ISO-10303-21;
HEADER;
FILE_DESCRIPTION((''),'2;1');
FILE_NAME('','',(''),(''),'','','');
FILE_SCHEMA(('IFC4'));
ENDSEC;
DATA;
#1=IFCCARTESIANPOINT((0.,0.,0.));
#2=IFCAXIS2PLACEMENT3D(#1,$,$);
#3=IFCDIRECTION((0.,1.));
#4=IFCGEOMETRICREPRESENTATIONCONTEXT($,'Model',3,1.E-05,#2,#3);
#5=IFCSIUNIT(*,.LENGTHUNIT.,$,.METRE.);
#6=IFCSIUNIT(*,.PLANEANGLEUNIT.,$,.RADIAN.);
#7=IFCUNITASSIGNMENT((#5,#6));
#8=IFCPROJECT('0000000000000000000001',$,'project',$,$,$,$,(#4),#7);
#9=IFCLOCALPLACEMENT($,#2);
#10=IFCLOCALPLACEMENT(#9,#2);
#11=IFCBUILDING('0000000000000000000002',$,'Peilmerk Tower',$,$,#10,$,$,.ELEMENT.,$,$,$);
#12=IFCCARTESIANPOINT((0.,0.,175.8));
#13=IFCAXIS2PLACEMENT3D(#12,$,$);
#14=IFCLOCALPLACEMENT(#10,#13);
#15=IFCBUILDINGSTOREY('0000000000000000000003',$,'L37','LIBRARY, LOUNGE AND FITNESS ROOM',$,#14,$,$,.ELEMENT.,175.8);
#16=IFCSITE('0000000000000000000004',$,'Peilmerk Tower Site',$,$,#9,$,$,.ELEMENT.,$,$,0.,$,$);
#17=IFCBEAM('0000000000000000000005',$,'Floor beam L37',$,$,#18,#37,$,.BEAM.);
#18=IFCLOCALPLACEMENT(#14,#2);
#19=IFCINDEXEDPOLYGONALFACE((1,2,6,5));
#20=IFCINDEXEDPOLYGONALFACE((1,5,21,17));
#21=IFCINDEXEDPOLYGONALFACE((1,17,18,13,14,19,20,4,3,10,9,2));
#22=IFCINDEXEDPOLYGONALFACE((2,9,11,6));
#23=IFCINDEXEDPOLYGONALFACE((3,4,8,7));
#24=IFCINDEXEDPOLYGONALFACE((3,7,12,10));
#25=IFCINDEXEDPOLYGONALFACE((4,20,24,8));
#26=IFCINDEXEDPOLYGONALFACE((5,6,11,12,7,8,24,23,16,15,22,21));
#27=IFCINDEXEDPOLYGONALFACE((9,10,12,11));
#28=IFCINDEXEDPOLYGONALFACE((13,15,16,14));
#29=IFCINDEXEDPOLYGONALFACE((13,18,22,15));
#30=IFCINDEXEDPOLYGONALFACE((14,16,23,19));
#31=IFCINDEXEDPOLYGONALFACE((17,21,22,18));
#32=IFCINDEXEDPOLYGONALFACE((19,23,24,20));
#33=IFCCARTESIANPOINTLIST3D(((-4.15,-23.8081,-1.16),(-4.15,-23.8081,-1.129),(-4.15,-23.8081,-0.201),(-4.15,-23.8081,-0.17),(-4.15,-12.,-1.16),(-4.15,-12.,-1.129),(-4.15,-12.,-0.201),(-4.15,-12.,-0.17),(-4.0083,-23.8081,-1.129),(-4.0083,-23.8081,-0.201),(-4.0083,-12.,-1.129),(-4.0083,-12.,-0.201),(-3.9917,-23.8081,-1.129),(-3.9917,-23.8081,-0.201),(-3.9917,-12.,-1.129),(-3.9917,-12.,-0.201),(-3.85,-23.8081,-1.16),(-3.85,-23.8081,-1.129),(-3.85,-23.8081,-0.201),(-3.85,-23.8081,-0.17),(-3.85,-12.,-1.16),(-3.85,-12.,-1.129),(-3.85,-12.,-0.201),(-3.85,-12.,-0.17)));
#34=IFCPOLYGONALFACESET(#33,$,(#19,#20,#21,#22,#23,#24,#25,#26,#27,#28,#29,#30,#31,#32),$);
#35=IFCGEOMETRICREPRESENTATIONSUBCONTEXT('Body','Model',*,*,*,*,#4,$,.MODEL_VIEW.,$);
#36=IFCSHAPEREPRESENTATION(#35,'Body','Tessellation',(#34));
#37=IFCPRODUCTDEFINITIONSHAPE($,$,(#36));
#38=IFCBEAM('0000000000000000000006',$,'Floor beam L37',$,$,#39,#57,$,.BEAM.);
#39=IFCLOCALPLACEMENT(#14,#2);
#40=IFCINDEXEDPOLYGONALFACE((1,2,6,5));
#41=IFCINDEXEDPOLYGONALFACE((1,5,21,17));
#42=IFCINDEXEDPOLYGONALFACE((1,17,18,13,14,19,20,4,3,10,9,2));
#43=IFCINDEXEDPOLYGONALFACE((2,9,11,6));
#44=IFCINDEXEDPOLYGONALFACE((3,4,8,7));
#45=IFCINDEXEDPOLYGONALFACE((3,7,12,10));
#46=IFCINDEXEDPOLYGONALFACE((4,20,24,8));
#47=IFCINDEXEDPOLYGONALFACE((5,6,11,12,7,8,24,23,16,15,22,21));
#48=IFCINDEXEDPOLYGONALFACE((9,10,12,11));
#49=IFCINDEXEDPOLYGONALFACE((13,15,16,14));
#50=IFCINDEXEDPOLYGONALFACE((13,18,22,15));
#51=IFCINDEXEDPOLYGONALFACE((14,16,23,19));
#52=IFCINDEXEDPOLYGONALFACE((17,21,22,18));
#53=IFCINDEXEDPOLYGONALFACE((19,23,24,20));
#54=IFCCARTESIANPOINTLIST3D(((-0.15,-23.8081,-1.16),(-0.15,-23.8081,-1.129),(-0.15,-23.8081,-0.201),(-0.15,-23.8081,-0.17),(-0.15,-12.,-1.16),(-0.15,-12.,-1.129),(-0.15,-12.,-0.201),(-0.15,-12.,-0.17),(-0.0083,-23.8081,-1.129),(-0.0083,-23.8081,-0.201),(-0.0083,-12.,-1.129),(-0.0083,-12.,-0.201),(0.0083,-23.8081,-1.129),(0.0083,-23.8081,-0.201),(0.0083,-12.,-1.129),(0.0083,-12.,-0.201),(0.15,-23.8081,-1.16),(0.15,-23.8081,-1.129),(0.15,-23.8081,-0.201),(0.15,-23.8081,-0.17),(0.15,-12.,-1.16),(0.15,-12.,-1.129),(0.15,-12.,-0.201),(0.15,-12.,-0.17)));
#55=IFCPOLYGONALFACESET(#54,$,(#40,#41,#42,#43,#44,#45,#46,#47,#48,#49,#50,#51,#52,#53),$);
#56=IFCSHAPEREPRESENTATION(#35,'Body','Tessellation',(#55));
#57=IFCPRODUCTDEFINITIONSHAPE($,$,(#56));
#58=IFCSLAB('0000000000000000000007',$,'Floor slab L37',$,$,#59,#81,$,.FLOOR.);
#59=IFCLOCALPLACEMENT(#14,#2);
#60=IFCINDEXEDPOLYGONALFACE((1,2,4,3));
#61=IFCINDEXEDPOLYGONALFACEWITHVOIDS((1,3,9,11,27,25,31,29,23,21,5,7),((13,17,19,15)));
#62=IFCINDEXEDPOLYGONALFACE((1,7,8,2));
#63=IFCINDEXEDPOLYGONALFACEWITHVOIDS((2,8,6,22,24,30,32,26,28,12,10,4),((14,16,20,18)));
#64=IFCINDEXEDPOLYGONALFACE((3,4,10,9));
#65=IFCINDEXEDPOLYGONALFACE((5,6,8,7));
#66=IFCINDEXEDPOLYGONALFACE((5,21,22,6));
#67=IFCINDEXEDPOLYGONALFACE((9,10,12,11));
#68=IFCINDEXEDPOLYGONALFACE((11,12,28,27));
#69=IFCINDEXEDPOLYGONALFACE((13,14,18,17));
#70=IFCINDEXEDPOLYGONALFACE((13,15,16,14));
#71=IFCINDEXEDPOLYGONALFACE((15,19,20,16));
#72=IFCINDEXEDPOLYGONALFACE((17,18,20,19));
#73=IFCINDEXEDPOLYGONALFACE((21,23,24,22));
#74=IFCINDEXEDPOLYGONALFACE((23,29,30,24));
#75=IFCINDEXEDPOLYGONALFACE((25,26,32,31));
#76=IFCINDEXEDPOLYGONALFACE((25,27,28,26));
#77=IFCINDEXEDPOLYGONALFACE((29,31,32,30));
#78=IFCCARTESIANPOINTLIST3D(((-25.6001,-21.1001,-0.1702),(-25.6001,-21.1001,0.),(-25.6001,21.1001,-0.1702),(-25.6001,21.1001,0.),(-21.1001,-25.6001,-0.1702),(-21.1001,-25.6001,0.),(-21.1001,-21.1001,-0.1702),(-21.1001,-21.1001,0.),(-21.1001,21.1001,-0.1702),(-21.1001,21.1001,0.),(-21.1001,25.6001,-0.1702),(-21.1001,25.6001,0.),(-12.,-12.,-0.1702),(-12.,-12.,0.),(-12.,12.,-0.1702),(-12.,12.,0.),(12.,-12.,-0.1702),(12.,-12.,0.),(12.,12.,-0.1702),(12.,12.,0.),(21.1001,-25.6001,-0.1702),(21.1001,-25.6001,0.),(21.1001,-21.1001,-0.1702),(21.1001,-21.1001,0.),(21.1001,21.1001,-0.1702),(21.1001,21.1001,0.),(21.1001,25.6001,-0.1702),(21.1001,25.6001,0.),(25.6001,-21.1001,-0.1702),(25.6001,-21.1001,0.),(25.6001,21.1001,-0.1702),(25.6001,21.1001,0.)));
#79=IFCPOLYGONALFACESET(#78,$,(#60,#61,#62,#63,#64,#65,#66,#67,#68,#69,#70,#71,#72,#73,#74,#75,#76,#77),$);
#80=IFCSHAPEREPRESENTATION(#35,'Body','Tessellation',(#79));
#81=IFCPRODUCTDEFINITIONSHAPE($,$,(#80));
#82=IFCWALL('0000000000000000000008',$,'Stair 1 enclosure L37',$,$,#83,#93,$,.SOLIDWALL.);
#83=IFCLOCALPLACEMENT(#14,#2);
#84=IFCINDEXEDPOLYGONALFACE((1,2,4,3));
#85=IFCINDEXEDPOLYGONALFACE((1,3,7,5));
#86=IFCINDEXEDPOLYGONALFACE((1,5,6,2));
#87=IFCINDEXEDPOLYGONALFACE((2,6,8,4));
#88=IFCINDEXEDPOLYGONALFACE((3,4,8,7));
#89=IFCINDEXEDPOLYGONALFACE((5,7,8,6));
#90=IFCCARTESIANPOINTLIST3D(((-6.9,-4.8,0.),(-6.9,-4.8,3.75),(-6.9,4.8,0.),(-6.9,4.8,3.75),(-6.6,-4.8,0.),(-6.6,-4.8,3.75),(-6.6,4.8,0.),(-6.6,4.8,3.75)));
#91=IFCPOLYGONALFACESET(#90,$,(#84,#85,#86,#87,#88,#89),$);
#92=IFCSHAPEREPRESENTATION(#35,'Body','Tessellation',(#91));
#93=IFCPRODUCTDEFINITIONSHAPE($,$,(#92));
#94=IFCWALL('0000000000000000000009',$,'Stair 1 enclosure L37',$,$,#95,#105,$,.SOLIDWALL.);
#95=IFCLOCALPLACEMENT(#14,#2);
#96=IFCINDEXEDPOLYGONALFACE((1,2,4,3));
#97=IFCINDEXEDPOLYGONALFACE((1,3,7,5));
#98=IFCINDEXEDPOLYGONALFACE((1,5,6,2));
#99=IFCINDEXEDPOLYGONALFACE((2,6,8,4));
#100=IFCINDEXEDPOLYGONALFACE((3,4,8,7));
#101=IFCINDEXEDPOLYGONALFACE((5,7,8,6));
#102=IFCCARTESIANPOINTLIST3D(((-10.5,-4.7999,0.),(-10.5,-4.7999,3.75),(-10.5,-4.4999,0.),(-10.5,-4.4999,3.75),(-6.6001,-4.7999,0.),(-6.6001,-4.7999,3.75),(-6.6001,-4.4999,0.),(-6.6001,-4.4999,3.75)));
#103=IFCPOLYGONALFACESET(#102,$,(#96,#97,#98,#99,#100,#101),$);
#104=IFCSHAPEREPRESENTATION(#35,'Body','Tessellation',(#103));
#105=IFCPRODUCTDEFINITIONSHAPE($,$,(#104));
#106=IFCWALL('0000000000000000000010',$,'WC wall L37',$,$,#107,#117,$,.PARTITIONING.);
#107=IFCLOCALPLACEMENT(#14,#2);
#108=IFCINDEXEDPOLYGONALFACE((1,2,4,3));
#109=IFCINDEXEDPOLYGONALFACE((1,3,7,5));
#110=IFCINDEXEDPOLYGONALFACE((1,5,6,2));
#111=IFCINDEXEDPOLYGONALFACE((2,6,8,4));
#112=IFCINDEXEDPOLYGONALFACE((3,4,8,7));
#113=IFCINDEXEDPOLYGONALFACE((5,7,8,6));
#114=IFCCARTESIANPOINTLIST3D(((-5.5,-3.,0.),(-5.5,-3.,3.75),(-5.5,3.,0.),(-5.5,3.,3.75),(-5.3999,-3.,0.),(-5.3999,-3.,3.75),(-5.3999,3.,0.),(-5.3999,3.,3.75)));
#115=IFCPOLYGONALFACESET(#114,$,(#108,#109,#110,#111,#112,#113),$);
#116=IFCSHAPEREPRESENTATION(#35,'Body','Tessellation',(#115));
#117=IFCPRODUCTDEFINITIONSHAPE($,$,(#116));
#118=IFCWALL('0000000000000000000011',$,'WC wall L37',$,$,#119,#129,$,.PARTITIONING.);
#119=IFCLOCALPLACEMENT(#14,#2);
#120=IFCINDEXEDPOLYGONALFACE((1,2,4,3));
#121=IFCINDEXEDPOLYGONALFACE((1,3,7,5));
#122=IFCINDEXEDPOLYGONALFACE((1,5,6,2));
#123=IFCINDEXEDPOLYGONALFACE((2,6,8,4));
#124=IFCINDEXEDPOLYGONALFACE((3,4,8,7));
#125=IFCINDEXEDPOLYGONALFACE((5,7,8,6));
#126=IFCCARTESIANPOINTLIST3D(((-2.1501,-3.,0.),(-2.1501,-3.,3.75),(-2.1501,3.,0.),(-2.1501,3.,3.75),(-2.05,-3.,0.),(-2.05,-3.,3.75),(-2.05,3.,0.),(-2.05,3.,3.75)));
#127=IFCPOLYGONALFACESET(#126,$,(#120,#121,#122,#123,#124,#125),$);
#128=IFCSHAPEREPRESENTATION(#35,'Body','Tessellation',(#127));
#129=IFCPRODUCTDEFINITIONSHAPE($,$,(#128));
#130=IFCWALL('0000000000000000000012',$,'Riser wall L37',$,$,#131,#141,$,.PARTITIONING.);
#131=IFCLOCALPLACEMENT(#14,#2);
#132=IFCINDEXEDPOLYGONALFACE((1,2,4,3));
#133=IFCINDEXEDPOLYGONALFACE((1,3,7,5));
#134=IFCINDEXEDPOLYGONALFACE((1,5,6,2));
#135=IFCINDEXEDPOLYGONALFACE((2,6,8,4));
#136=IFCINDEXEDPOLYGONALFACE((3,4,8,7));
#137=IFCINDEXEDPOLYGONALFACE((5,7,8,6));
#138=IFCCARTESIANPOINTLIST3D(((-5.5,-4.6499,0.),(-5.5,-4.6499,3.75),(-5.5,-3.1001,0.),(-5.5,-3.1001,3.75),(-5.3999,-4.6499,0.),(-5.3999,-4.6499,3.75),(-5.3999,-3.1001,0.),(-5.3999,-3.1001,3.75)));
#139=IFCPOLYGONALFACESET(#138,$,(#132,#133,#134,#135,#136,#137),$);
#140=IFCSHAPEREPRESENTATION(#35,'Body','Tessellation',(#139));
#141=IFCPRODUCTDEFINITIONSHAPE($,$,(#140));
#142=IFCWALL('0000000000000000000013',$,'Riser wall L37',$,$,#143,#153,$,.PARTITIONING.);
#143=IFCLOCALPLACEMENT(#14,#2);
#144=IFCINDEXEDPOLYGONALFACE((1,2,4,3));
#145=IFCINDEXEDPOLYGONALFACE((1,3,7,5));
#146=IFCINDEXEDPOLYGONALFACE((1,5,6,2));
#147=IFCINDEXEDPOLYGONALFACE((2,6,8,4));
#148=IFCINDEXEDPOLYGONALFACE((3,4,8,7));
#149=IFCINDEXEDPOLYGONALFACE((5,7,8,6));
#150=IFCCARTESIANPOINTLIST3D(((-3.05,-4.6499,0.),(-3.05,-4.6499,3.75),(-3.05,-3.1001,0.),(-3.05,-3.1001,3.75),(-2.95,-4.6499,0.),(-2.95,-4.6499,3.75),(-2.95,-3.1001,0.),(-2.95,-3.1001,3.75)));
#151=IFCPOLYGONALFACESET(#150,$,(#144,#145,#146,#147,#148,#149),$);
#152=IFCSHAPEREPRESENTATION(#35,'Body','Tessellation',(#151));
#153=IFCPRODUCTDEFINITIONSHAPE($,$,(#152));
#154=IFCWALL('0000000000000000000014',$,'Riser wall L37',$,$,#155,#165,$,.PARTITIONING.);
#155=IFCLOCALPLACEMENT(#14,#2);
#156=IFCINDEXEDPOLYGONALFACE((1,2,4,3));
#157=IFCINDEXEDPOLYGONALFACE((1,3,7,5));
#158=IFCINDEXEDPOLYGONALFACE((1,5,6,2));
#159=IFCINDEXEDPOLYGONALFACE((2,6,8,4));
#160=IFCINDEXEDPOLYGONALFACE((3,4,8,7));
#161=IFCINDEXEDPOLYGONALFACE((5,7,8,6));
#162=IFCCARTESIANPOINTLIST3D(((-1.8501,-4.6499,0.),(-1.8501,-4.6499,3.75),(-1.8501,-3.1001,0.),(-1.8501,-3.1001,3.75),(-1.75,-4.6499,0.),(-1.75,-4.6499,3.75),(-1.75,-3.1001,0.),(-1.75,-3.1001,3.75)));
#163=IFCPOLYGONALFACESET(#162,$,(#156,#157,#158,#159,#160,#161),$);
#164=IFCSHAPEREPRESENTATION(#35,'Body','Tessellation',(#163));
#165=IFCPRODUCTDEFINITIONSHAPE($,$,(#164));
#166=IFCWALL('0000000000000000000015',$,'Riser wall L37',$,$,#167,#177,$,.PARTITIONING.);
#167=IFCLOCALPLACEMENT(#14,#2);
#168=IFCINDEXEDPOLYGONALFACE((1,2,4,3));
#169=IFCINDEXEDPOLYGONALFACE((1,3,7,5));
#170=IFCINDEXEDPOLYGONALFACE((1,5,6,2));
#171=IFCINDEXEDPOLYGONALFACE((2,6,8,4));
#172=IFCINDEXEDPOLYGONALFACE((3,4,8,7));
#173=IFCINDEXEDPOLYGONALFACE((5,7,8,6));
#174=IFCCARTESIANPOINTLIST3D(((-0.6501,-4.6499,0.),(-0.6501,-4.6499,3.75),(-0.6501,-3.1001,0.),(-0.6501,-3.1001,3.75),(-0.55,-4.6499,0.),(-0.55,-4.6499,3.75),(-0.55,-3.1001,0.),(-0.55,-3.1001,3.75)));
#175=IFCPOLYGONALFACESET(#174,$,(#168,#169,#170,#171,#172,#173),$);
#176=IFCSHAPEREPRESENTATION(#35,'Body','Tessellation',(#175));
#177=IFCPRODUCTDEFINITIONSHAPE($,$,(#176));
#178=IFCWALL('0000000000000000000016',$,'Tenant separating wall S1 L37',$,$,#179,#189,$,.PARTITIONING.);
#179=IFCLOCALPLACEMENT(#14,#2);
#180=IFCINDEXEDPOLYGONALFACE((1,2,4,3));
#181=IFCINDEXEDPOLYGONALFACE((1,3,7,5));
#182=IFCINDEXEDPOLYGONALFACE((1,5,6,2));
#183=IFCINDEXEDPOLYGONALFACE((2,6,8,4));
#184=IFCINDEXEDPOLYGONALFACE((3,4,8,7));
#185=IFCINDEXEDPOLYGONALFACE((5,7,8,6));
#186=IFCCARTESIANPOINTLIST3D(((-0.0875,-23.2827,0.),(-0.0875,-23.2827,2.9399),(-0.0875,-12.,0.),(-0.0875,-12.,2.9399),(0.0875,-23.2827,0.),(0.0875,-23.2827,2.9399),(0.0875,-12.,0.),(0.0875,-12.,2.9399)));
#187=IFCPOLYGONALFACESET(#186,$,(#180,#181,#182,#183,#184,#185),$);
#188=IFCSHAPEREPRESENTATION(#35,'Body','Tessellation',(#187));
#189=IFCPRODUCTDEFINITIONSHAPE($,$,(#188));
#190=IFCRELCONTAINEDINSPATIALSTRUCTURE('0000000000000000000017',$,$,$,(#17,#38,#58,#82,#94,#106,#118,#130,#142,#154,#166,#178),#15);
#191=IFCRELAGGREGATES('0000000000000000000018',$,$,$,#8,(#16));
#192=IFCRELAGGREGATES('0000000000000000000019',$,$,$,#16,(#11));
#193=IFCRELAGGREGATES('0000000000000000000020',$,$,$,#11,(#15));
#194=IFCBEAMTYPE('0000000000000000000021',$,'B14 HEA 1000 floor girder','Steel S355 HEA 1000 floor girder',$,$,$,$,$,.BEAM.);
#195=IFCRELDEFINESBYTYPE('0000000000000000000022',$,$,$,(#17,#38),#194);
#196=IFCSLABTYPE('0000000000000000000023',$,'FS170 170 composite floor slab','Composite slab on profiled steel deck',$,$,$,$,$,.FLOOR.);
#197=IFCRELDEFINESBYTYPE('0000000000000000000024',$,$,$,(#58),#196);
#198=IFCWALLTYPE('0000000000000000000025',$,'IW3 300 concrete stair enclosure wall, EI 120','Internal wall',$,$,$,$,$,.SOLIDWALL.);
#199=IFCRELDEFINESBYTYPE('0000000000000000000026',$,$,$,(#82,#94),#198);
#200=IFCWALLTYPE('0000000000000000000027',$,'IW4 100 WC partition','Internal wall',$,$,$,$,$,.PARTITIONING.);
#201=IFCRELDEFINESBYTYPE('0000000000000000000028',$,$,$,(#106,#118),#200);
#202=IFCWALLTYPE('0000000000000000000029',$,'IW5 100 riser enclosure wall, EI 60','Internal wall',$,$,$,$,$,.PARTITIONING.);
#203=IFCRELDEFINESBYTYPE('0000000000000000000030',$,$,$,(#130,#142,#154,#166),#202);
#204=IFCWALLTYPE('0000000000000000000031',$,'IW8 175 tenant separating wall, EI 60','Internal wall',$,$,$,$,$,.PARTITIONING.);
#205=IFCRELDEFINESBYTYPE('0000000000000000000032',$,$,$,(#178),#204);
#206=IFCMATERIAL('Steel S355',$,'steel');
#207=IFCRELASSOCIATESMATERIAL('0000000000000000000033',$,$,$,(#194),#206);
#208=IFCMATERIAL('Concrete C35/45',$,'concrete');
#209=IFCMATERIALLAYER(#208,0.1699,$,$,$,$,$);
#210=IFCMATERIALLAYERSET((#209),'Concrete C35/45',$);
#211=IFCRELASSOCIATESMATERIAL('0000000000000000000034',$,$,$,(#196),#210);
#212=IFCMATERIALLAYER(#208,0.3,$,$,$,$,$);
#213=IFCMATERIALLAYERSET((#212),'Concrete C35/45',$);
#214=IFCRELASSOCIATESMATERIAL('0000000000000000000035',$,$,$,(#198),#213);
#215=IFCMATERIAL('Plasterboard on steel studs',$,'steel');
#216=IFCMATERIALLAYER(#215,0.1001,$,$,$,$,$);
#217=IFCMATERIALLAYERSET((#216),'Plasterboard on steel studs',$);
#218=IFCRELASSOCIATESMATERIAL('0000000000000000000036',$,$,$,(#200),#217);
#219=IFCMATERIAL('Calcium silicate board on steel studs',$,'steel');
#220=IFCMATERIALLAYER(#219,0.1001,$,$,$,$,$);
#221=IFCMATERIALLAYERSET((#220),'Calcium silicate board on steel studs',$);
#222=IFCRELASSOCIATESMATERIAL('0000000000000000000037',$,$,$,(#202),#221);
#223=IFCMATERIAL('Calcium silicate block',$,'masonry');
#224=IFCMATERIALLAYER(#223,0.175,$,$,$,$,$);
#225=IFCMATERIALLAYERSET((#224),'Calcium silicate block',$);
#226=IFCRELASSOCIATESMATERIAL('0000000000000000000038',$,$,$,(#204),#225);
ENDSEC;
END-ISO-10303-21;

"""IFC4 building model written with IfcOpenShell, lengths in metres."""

from ifc_helpers import new_model, si_unit, direction, frame, frame_2d, origin, origin_2d, place, context, subcontext, project, spatial, polyline, rectangle, i_section, outline, extrude, material, layer, layer_set, material_profile, profile_set, type_object, element, save


model = new_model("IFC4")

# Units and contexts
model_context = context("Model", 3, precision=1e-05, world=origin(), true_north=direction((0.0, 1.0)))
body_context = subcontext(model_context, "Body", "Model", "MODEL_VIEW")
ifc_project = project(units=[si_unit("LENGTHUNIT", "METRE"), si_unit("PLANEANGLEUNIT", "RADIAN")], contexts=[model_context])

# Site, building, storey
site_placement = place(None, origin())
site = spatial("IfcSite", under=ifc_project, at=site_placement, Name="Peilmerk Tower Site", CompositionType="ELEMENT", RefElevation=0.0)
building_placement = place(site_placement, origin())
building = spatial("IfcBuilding", under=site, at=building_placement, Name="Peilmerk Tower", CompositionType="ELEMENT")
storey_placement = place(building_placement, frame((0.0, 0.0, 175.8)))
storey = spatial("IfcBuildingStorey", under=building, at=storey_placement, Name="L37", Description="LIBRARY, LOUNGE AND FITNESS ROOM", CompositionType="ELEMENT", Elevation=175.8)

# Beams
ifc_material_1 = material(Name="Steel S355", Category="steel")
ifc_material_profile = material_profile(ifc_material_1, i_section(OverallWidth=0.3, OverallDepth=0.99, WebThickness=0.0166, FlangeThickness=0.031, at=origin_2d()), Name="HEA 1000")
ifc_profile_set = profile_set([ifc_material_profile], Name="Steel S355")
beam_type = type_object("IfcBeamType", Name="B14 HEA 1000 floor girder", Description="Steel S355 HEA 1000 floor girder", PredefinedType="BEAM", material=ifc_profile_set)
for number, where, z_axis, x_axis, name in (
    (1, (-4.0, -12.0, -0.665), (0.0, -1.0, 0.0), (1.0, 0.0, 0.0), "Floor beam L37"),
    (2, (0.0, -12.0, -0.665), (0.0, -1.0, 0.0), (1.0, 0.0, 0.0), "Floor beam L37"),
):
    element("IfcBeam", number, at=place(storey_placement, frame(where, z_axis=z_axis, x_axis=x_axis)), inside=storey, type_object=beam_type, Name=name, PredefinedType="BEAM", context=body_context, shape_type="SweptSolid", body=[
        extrude(i_section(OverallWidth=0.3, OverallDepth=0.99, WebThickness=0.0166, FlangeThickness=0.031, at=origin_2d()), origin(), (0.0, 0.0, 1.0), 11.8081),
    ])

# Slab
ifc_material_2 = material(Name="Concrete C35/45", Category="concrete")
ifc_layer_1 = layer(ifc_material_2, 0.1699)
ifc_layer_set_1 = layer_set([ifc_layer_1], Name="Concrete C35/45")
slab_type = type_object("IfcSlabType", Name="FS170 170 composite floor slab", Description="Composite slab on profiled steel deck", PredefinedType="FLOOR", material=ifc_layer_set_1)
slab_placement = place(storey_placement, frame((0.0, 0.0, -0.1702)))
element("IfcSlab", 3, at=slab_placement, inside=storey, type_object=slab_type, Name="Floor slab L37", PredefinedType="FLOOR", context=body_context, shape_type="SweptSolid", body=[
    extrude(outline(polyline([(-21.1001, -25.6001), (21.1001, -25.6001), (21.1001, -21.1001), (25.6001, -21.1001), (25.6001, 21.1001), (21.1001, 21.1001), (21.1001, 25.6001), (-21.1001, 25.6001), (-21.1001, 21.1001), (-25.6001, 21.1001), (-25.6001, -21.1001), (-21.1001, -21.1001), (-21.1001, -25.6001)]), holes=[polyline([(12.0, 12.0), (12.0, -12.0), (-12.0, -12.0), (-12.0, 12.0), (12.0, 12.0)])]), origin(), (0.0, 0.0, 1.0), 0.1702),
])

# Walls
ifc_layer_2 = layer(ifc_material_2, 0.3)
ifc_layer_set_2 = layer_set([ifc_layer_2], Name="Concrete C35/45")
wall_type_1 = type_object("IfcWallType", Name="IW3 300 concrete stair enclosure wall, EI 120", Description="Internal wall", PredefinedType="SOLIDWALL", material=ifc_layer_set_2)
wall_1_placement = place(storey_placement, frame((-6.75, -4.8, 0.0), z_axis=(0.0, 0.0, 1.0), x_axis=(0.0, 1.0, 0.0)))
element("IfcWall", 4, at=wall_1_placement, inside=storey, type_object=wall_type_1, Name="Stair 1 enclosure L37", PredefinedType="SOLIDWALL", context=body_context, shape_type="SweptSolid", body=[
    extrude(rectangle(XDim=9.6001, YDim=0.3, at=frame_2d((4.8, 0.0))), origin(), (0.0, 0.0, 1.0), 3.75),
])
wall_2_placement = place(storey_placement, frame((-6.6001, -4.6499, 0.0), z_axis=(0.0, 0.0, 1.0), x_axis=(-1.0, 0.0, 0.0)))
element("IfcWall", 5, at=wall_2_placement, inside=storey, type_object=wall_type_1, Name="Stair 1 enclosure L37", PredefinedType="SOLIDWALL", context=body_context, shape_type="SweptSolid", body=[
    extrude(rectangle(XDim=3.8999, YDim=0.3, at=frame_2d((1.95, 0.0))), origin(), (0.0, 0.0, 1.0), 3.75),
])
ifc_material_3 = material(Name="Plasterboard on steel studs", Category="steel")
ifc_layer_3 = layer(ifc_material_3, 0.1001)
ifc_layer_set_3 = layer_set([ifc_layer_3], Name="Plasterboard on steel studs")
wall_type_2 = type_object("IfcWallType", Name="IW4 100 WC partition", Description="Internal wall", PredefinedType="PARTITIONING", material=ifc_layer_set_3)
for number, where, z_axis, x_axis, name in (
    (6, (-5.45, -3.0, 0.0), (0.0, 0.0, 1.0), (0.0, 1.0, 0.0), "WC wall L37"),
    (7, (-2.1001, -3.0, 0.0), (0.0, 0.0, 1.0), (0.0, 1.0, 0.0), "WC wall L37"),
):
    element("IfcWall", number, at=place(storey_placement, frame(where, z_axis=z_axis, x_axis=x_axis)), inside=storey, type_object=wall_type_2, Name=name, PredefinedType="PARTITIONING", context=body_context, shape_type="SweptSolid", body=[
        extrude(rectangle(XDim=6.0, YDim=0.1001, at=frame_2d((3.0, 0.0))), origin(), (0.0, 0.0, 1.0), 3.75),
    ])
ifc_material_4 = material(Name="Calcium silicate board on steel studs", Category="steel")
ifc_layer_4 = layer(ifc_material_4, 0.1001)
ifc_layer_set_4 = layer_set([ifc_layer_4], Name="Calcium silicate board on steel studs")
wall_type_3 = type_object("IfcWallType", Name="IW5 100 riser enclosure wall, EI 60", Description="Internal wall", PredefinedType="PARTITIONING", material=ifc_layer_set_4)
for number, where, z_axis, x_axis, name in (
    (8, (-5.45, -3.1001, 0.0), (0.0, 0.0, 1.0), (0.0, -1.0, 0.0), "Riser wall L37"),
    (9, (-3.0, -3.1001, 0.0), (0.0, 0.0, 1.0), (0.0, -1.0, 0.0), "Riser wall L37"),
    (10, (-1.8, -3.1001, 0.0), (0.0, 0.0, 1.0), (0.0, -1.0, 0.0), "Riser wall L37"),
    (11, (-0.6001, -3.1001, 0.0), (0.0, 0.0, 1.0), (0.0, -1.0, 0.0), "Riser wall L37"),
):
    element("IfcWall", number, at=place(storey_placement, frame(where, z_axis=z_axis, x_axis=x_axis)), inside=storey, type_object=wall_type_3, Name=name, PredefinedType="PARTITIONING", context=body_context, shape_type="SweptSolid", body=[
        extrude(rectangle(XDim=1.5498, YDim=0.1001, at=frame_2d((0.7749, 0.0))), origin(), (0.0, 0.0, 1.0), 3.75),
    ])
ifc_material_5 = material(Name="Calcium silicate block", Category="masonry")
ifc_layer_5 = layer(ifc_material_5, 0.175)
ifc_layer_set_5 = layer_set([ifc_layer_5], Name="Calcium silicate block")
wall_type_4 = type_object("IfcWallType", Name="IW8 175 tenant separating wall, EI 60", Description="Internal wall", PredefinedType="PARTITIONING", material=ifc_layer_set_5)
wall_3_placement = place(storey_placement, frame((0.0, -12.0, 0.0), z_axis=(0.0, 0.0, 1.0), x_axis=(0.0, -1.0, 0.0)))
element("IfcWall", 12, at=wall_3_placement, inside=storey, type_object=wall_type_4, Name="Tenant separating wall S1 L37", PredefinedType="PARTITIONING", context=body_context, shape_type="SweptSolid", body=[
    extrude(rectangle(XDim=11.2827, YDim=0.175, at=frame_2d((5.6414, 0.0))), origin(), (0.0, 0.0, 1.0), 2.9399),
])

save(model, "model.ifc")
